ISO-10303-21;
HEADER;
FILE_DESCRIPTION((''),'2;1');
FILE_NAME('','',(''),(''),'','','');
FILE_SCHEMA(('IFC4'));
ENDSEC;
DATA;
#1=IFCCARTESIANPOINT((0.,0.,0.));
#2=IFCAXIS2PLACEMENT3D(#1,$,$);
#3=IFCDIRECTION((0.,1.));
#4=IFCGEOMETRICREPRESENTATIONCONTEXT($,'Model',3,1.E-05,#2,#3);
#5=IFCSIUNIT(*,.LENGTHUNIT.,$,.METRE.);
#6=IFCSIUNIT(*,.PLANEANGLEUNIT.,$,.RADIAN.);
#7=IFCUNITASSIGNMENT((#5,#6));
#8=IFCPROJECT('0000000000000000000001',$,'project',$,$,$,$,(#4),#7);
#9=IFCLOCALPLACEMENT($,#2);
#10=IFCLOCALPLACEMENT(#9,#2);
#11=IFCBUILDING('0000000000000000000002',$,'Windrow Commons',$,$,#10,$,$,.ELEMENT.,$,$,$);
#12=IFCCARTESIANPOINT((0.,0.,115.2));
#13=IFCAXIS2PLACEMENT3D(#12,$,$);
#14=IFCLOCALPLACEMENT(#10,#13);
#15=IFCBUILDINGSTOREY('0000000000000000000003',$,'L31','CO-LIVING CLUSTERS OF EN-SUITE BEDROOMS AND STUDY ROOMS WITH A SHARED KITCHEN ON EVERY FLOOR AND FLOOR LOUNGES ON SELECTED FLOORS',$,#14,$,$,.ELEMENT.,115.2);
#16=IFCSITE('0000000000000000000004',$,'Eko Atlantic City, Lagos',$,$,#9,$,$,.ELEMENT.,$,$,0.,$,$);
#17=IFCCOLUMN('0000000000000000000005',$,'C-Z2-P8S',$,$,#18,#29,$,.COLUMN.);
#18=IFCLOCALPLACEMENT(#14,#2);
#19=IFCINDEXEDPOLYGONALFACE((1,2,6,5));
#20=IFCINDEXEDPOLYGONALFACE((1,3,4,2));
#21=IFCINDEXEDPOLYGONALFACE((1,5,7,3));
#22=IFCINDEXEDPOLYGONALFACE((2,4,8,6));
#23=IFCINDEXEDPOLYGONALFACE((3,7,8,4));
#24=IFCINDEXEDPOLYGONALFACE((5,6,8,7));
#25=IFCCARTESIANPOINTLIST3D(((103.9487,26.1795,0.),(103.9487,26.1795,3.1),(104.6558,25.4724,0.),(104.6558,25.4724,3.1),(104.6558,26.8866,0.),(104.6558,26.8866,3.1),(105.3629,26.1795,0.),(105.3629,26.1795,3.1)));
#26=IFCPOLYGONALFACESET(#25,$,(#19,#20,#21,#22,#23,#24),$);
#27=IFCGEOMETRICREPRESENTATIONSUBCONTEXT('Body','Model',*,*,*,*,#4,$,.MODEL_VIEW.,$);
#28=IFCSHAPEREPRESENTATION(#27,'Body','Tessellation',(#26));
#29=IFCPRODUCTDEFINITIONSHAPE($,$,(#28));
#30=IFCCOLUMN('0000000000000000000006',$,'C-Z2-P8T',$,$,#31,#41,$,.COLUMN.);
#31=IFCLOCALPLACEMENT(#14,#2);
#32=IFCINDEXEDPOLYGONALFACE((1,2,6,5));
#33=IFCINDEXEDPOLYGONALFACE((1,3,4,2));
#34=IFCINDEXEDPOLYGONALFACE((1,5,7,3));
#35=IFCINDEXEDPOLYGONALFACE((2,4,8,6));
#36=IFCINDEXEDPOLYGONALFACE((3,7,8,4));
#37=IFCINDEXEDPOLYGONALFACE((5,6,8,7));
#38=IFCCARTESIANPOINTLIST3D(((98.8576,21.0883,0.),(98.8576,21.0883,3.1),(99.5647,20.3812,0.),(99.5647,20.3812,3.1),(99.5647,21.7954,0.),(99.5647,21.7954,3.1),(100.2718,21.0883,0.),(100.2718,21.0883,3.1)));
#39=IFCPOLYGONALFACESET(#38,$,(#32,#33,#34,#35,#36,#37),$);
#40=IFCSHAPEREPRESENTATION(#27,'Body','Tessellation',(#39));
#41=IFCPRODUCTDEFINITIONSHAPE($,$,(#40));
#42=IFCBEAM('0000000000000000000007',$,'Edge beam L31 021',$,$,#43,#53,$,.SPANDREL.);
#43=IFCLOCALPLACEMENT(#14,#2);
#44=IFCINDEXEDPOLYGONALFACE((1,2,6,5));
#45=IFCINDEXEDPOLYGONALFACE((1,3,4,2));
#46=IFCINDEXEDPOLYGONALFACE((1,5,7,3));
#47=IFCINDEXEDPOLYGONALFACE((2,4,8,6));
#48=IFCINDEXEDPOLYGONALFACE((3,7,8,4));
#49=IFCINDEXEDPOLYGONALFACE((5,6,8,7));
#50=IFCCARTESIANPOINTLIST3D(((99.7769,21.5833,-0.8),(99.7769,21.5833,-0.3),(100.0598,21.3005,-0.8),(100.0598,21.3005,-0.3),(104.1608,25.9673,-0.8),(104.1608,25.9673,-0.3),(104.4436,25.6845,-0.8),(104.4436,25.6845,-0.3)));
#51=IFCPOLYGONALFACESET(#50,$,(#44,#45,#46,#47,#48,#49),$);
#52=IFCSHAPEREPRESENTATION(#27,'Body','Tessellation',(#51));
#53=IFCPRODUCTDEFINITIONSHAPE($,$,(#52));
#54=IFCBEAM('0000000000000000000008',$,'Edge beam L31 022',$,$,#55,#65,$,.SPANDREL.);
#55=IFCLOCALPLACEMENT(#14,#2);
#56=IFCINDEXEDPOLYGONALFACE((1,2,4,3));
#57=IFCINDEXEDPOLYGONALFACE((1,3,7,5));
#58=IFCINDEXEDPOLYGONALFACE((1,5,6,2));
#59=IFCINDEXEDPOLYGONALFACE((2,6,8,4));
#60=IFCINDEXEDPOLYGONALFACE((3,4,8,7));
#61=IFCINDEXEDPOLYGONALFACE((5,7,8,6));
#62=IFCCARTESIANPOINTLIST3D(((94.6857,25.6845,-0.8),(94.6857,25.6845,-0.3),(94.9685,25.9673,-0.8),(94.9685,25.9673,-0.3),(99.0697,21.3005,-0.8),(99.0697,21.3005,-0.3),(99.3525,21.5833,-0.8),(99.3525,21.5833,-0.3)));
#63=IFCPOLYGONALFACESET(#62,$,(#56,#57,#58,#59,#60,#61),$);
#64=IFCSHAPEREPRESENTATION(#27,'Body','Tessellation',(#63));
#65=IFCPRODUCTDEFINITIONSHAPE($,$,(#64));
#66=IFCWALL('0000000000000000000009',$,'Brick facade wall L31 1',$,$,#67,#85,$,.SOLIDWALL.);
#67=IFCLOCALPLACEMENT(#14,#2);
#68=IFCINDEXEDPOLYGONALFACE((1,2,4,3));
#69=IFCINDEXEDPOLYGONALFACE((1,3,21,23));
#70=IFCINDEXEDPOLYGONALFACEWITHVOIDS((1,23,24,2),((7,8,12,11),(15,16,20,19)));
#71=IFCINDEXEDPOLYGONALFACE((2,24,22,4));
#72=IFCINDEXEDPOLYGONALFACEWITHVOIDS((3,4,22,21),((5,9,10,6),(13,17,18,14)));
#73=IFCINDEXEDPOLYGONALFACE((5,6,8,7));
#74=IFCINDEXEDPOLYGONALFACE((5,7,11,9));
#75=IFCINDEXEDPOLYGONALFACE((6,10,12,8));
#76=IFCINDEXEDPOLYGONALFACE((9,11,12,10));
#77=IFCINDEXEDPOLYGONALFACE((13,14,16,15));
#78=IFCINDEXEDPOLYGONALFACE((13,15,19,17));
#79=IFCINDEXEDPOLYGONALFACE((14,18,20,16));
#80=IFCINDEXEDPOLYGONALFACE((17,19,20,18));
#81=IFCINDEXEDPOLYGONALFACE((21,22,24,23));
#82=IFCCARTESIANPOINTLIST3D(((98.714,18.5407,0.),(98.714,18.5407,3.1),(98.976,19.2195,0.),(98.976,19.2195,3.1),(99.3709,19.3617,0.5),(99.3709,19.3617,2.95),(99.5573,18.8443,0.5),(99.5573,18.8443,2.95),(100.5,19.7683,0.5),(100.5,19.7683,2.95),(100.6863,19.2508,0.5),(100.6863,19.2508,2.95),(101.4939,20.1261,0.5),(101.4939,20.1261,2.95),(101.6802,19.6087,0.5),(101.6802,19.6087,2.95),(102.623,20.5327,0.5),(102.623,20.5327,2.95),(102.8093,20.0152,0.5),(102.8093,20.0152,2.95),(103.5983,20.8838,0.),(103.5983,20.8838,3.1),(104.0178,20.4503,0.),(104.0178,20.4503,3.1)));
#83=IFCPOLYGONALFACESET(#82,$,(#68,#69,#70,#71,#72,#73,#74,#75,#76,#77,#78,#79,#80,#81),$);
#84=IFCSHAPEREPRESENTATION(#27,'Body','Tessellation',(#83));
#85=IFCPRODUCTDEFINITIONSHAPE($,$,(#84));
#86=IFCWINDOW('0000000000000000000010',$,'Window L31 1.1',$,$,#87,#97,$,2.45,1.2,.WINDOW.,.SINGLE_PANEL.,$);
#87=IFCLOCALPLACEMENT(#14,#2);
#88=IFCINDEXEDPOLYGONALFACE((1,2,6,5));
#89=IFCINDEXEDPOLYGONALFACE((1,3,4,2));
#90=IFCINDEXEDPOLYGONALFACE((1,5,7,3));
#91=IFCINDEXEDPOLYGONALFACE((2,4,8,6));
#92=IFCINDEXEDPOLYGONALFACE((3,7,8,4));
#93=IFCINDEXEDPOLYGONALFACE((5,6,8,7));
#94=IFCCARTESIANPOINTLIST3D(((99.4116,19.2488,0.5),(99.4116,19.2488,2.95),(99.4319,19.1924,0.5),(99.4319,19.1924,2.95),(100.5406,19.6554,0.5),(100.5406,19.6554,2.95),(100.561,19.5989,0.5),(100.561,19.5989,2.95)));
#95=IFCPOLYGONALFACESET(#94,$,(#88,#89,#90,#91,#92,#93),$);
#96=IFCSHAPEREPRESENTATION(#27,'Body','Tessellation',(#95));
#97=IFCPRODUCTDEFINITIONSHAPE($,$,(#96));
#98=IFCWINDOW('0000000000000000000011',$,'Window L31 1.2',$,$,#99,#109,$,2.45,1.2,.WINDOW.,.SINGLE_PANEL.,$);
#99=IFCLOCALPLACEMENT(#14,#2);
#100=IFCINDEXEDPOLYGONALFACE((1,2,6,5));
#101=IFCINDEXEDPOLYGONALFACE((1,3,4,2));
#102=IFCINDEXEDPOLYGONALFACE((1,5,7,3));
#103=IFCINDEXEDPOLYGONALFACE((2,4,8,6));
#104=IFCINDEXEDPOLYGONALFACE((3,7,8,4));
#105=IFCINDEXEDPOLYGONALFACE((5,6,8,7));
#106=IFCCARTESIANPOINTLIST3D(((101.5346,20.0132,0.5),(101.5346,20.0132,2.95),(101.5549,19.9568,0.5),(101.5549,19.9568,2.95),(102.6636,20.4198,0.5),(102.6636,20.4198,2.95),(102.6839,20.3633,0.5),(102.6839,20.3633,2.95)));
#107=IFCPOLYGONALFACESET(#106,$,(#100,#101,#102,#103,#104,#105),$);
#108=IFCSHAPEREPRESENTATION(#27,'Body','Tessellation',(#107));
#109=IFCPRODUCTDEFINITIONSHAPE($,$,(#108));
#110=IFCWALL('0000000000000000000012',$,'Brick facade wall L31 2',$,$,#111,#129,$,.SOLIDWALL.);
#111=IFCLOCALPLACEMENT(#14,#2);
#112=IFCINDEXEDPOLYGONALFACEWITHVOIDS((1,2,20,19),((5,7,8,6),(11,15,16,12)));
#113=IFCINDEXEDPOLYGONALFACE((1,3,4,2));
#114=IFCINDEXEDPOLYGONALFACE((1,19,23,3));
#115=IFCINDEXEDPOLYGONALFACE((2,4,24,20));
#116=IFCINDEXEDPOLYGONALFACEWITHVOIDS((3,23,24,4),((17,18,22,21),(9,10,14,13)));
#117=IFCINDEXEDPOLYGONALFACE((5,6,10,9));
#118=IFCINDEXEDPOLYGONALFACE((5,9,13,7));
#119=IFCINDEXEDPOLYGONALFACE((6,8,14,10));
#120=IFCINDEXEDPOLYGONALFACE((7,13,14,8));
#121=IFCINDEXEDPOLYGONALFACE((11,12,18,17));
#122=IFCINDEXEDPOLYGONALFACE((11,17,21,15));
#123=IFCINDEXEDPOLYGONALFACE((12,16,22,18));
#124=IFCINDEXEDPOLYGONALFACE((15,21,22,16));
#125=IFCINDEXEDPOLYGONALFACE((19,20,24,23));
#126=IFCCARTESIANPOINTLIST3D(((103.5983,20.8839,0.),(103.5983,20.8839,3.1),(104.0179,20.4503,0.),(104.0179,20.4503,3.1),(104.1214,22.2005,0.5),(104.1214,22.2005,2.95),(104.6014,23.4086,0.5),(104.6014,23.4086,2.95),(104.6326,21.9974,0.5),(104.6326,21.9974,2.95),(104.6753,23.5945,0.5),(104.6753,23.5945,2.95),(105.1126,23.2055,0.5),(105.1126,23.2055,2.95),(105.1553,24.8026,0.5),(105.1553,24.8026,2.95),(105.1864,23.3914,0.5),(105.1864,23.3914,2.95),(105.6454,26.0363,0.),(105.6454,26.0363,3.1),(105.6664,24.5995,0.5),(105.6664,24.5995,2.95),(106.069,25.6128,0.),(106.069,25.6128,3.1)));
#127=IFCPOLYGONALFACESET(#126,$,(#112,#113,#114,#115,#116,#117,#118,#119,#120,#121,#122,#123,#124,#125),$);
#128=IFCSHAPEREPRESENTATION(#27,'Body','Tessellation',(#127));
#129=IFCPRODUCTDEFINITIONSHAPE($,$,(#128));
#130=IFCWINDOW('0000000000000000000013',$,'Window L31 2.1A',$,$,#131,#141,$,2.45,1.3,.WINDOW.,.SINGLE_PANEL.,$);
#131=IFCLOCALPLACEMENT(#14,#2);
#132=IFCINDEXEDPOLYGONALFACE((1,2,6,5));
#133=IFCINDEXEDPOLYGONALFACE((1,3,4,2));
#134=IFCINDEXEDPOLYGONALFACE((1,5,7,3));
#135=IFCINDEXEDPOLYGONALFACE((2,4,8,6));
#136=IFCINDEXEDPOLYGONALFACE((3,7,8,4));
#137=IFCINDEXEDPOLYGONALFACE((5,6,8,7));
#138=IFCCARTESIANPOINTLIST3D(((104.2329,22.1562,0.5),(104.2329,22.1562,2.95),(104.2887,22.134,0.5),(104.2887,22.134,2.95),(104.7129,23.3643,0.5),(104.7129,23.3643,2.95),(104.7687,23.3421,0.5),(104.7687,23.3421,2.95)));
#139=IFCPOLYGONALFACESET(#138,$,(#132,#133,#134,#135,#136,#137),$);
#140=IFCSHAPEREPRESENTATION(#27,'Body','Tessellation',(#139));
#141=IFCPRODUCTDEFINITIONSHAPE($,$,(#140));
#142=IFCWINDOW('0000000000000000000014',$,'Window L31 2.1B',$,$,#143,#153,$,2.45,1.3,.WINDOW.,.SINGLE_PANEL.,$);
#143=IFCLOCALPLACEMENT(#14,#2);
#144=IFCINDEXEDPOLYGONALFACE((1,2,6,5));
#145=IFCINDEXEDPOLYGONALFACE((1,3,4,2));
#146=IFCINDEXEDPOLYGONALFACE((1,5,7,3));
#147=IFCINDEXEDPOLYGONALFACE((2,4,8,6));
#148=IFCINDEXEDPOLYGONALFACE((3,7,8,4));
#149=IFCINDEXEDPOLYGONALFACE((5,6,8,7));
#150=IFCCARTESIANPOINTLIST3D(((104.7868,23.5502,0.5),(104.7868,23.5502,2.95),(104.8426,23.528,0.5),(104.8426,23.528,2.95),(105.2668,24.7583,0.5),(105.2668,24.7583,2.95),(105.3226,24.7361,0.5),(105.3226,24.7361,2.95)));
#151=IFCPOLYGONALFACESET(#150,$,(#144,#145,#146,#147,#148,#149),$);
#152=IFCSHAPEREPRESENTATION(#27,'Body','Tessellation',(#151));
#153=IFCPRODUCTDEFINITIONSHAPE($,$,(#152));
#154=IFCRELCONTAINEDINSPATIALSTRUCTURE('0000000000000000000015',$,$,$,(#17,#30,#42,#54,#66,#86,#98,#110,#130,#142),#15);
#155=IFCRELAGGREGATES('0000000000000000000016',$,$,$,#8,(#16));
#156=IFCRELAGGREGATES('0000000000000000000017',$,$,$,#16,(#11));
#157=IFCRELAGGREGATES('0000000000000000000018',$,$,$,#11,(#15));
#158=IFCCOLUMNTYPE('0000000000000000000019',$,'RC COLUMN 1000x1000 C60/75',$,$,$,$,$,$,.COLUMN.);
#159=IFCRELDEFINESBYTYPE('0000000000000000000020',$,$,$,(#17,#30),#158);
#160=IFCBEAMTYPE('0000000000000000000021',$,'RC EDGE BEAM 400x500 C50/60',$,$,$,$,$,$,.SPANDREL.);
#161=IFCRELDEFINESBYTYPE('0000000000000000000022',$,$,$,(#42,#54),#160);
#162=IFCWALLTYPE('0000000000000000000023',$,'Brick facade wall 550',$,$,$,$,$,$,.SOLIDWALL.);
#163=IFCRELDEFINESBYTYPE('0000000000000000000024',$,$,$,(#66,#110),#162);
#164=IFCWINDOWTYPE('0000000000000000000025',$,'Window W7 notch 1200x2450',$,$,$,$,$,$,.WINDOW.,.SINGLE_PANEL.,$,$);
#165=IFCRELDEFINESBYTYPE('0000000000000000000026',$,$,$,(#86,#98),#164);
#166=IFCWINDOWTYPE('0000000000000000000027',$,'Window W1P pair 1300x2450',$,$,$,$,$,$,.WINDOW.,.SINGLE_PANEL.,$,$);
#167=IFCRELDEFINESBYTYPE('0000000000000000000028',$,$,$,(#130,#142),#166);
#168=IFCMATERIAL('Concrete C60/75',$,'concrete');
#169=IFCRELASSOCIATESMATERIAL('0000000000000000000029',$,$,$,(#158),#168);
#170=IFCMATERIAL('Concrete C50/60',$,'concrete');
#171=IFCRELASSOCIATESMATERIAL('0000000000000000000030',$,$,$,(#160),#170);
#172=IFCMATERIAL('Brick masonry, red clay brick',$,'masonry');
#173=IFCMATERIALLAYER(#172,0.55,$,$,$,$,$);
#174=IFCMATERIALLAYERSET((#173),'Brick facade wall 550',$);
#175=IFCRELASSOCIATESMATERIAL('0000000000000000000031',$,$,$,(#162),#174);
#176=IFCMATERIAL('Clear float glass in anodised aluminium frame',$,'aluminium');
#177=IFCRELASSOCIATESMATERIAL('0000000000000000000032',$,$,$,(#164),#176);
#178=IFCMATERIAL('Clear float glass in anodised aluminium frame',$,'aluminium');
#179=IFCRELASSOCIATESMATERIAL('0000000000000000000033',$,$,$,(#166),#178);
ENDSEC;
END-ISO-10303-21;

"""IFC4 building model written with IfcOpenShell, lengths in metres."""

from ifc_helpers import new_model, si_unit, direction, frame, frame_2d, origin, origin_2d, place, context, subcontext, project, spatial, polyline, rectangle, outline, extrude, material, layer, layer_set, material_profile, profile_set, type_object, element, fill, save


model = new_model("IFC4")

# Units and contexts
model_context = context("Model", 3, precision=1e-05, world=origin(), true_north=direction((0.0, 1.0)))
body_context = subcontext(model_context, "Body", "Model", "MODEL_VIEW")
ifc_project = project(units=[si_unit("LENGTHUNIT", "METRE"), si_unit("PLANEANGLEUNIT", "RADIAN")], contexts=[model_context])

# Site, building, storey
site_placement = place(None, origin())
site = spatial("IfcSite", under=ifc_project, at=site_placement, Name="Eko Atlantic City, Lagos", CompositionType="ELEMENT", RefElevation=0.0)
building_placement = place(site_placement, origin())
building = spatial("IfcBuilding", under=site, at=building_placement, Name="Windrow Commons", CompositionType="ELEMENT")
storey_placement = place(building_placement, frame((0.0, 0.0, 115.2)))
storey = spatial("IfcBuildingStorey", under=building, at=storey_placement, Name="L31", Description="CO-LIVING CLUSTERS OF EN-SUITE BEDROOMS AND STUDY ROOMS WITH A SHARED KITCHEN ON EVERY FLOOR AND FLOOR LOUNGES ON SELECTED FLOORS", CompositionType="ELEMENT", Elevation=115.2)

# Columns
ifc_material_1 = material(Name="Concrete C60/75", Category="concrete")
ifc_material_profile_1 = material_profile(ifc_material_1, rectangle(XDim=1.0, YDim=1.0, at=origin_2d()))
ifc_profile_set_1 = profile_set([ifc_material_profile_1], Name="Concrete C60/75")
column_type = type_object("IfcColumnType", Name="RC COLUMN 1000x1000 C60/75", PredefinedType="COLUMN", material=ifc_profile_set_1)
for number, where, z_axis, x_axis, name in (
    (1, (104.6558, 26.1795, 0.0), (0.0, 0.0, 1.0), (0.707107, -0.707107, 0.0), "C-Z2-P8S"),
    (2, (99.5647, 21.0883, 0.0), (0.0, 0.0, 1.0), (0.707107, -0.707107, 0.0), "C-Z2-P8T"),
):
    element("IfcColumn", number, at=place(storey_placement, frame(where, z_axis=z_axis, x_axis=x_axis)), inside=storey, type_object=column_type, Name=name, PredefinedType="COLUMN", context=body_context, shape_type="SweptSolid", body=[
        extrude(rectangle(XDim=1.0, YDim=1.0, at=origin_2d()), origin(), (0.0, 0.0, 1.0), 3.1),
    ])

# Beams
ifc_material_2 = material(Name="Concrete C50/60", Category="concrete")
ifc_material_profile_2 = material_profile(ifc_material_2, rectangle(XDim=0.4, YDim=0.5, at=origin_2d()))
ifc_profile_set_2 = profile_set([ifc_material_profile_2], Name="Concrete C50/60")
beam_type = type_object("IfcBeamType", Name="RC EDGE BEAM 400x500 C50/60", PredefinedType="SPANDREL", material=ifc_profile_set_2)
beam_1_placement = place(storey_placement, frame((104.3022, 25.8259, -0.55), z_axis=(-0.707099, -0.707115, 0.0), x_axis=(0.707115, -0.707099, 0.0)))
element("IfcBeam", 3, at=beam_1_placement, inside=storey, type_object=beam_type, Name="Edge beam L31 021", PredefinedType="SPANDREL", context=body_context, shape_type="SweptSolid", body=[
    extrude(rectangle(XDim=0.4, YDim=0.5, at=origin_2d()), origin(), (0.0, 0.0, 1.0), 6.1998),
])
beam_2_placement = place(storey_placement, frame((99.2111, 21.4419, -0.55), z_axis=(-0.707107, 0.707107, 0.0), x_axis=(-0.707107, -0.707107, 0.0)))
element("IfcBeam", 4, at=beam_2_placement, inside=storey, type_object=beam_type, Name="Edge beam L31 022", PredefinedType="SPANDREL", context=body_context, shape_type="SweptSolid", body=[
    extrude(rectangle(XDim=0.4, YDim=0.5, at=origin_2d()), origin(), (0.0, 0.0, 1.0), 6.1999),
])

# Walls, openings, windows
ifc_material_3 = material(Name="Brick masonry, red clay brick", Category="masonry")
ifc_layer_1 = layer(ifc_material_3, 0.55)
ifc_layer_set_1 = layer_set([ifc_layer_1], Name="Brick facade wall 550")
wall_type_1 = type_object("IfcWallType", Name="Brick facade wall 550", PredefinedType="SOLIDWALL", material=ifc_layer_set_1)
wall_1_placement = place(storey_placement, frame((98.845, 18.8801, 0.0), z_axis=(0.0, 0.0, 1.0), x_axis=(0.94087, 0.338767, 0.0)))
wall_1 = element("IfcWall", 5, at=wall_1_placement, inside=storey, type_object=wall_type_1, Name="Brick facade wall L31 1", PredefinedType="SOLIDWALL", context=body_context, shape_type="SweptSolid", body=[
    extrude(outline(polyline([(-0.2382, -0.275), (5.3989, -0.275), (5.151, 0.275), (0.2382, 0.275), (-0.2382, -0.275)])), origin(), (0.0, 0.0, 1.0), 3.1),
])
opening_1_placement = place(wall_1_placement, frame((0.658, 0.0, 0.5)))
opening_1 = element("IfcOpeningElement", 6, at=opening_1_placement, cuts=wall_1, PredefinedType="OPENING", context=body_context, shape_type="SweptSolid", body=[
    extrude(rectangle(XDim=1.2, YDim=2.45, at=frame_2d((0.6, 1.225))), frame((0.0, 0.285, 0.0), z_axis=(0.0, -1.0, 0.0), x_axis=(1.0, 0.0, 0.0)), (0.0, 0.0, 1.0), 0.57),
])
opening_2_placement = place(wall_1_placement, frame((2.9144, 0.0, 0.5)))
opening_2 = element("IfcOpeningElement", 7, at=opening_2_placement, cuts=wall_1, PredefinedType="OPENING", context=body_context, shape_type="SweptSolid", body=[
    extrude(rectangle(XDim=1.2, YDim=2.45, at=frame_2d((0.6, 1.225))), frame((0.0, 0.285, 0.0), z_axis=(0.0, -1.0, 0.0), x_axis=(1.0, 0.0, 0.0)), (0.0, 0.0, 1.0), 0.57),
])
ifc_material_4 = material(Name="Clear float glass in anodised aluminium frame", Category="aluminium")
window_type_1 = type_object("IfcWindowType", Name="Window W7 notch 1200x2450", PartitioningType="SINGLE_PANEL", PredefinedType="WINDOW", material=ifc_material_4)
window_1_placement = place(opening_1_placement, origin())
window_1 = element("IfcWindow", 8, at=window_1_placement, inside=storey, type_object=window_type_1, Name="Window L31 1.1", OverallHeight=2.45, OverallWidth=1.2, PartitioningType="SINGLE_PANEL", PredefinedType="WINDOW", context=body_context, shape_type="SweptSolid", body=[
    extrude(rectangle(XDim=1.2, YDim=2.45, at=frame_2d((0.6, 1.225))), frame((0.0, 0.155, 0.0), z_axis=(0.0, -1.0, 0.0), x_axis=(1.0, 0.0, 0.0)), (0.0, 0.0, 1.0), 0.06),
])
fill(opening_1, window_1)
window_2_placement = place(opening_2_placement, origin())
window_2 = element("IfcWindow", 9, at=window_2_placement, inside=storey, type_object=window_type_1, Name="Window L31 1.2", OverallHeight=2.45, OverallWidth=1.2, PartitioningType="SINGLE_PANEL", PredefinedType="WINDOW", context=body_context, shape_type="SweptSolid", body=[
    extrude(rectangle(XDim=1.2, YDim=2.45, at=frame_2d((0.6, 1.225))), frame((0.0, 0.155, 0.0), z_axis=(0.0, -1.0, 0.0), x_axis=(1.0, 0.0, 0.0)), (0.0, 0.0, 1.0), 0.06),
])
fill(opening_2, window_2)
wall_2_placement = place(storey_placement, frame((103.8081, 20.6671, 0.0), z_axis=(0.0, 0.0, 1.0), x_axis=(0.369237, 0.929335, 0.0)))
wall_2 = element("IfcWall", 10, at=wall_2_placement, inside=storey, type_object=wall_type_1, Name="Brick facade wall L31 2", PredefinedType="SOLIDWALL", context=body_context, shape_type="SweptSolid", body=[
    extrude(outline(polyline([(-0.124, -0.275), (5.431, -0.275), (5.6682, 0.275), (0.124, 0.275), (-0.124, -0.275)])), origin(), (0.0, 0.0, 1.0), 3.1),
])
opening_3_placement = place(wall_2_placement, frame((1.5407, 0.0, 0.5)))
opening_3 = element("IfcOpeningElement", 11, at=opening_3_placement, cuts=wall_2, PredefinedType="OPENING", context=body_context, shape_type="SweptSolid", body=[
    extrude(rectangle(XDim=1.3, YDim=2.45, at=frame_2d((0.65, 1.225))), frame((0.0, 0.285, 0.0), z_axis=(0.0, -1.0, 0.0), x_axis=(1.0, 0.0, 0.0)), (0.0, 0.0, 1.0), 0.57),
])
opening_4_placement = place(wall_2_placement, frame((3.0407, 0.0, 0.5)))
opening_4 = element("IfcOpeningElement", 12, at=opening_4_placement, cuts=wall_2, PredefinedType="OPENING", context=body_context, shape_type="SweptSolid", body=[
    extrude(rectangle(XDim=1.3, YDim=2.45, at=frame_2d((0.65, 1.225))), frame((0.0, 0.285, 0.0), z_axis=(0.0, -1.0, 0.0), x_axis=(1.0, 0.0, 0.0)), (0.0, 0.0, 1.0), 0.57),
])
ifc_material_5 = material(Name="Clear float glass in anodised aluminium frame", Category="aluminium")
window_type_2 = type_object("IfcWindowType", Name="Window W1P pair 1300x2450", PartitioningType="SINGLE_PANEL", PredefinedType="WINDOW", material=ifc_material_5)
window_3_placement = place(opening_3_placement, origin())
window_3 = element("IfcWindow", 13, at=window_3_placement, inside=storey, type_object=window_type_2, Name="Window L31 2.1A", OverallHeight=2.45, OverallWidth=1.3, PartitioningType="SINGLE_PANEL", PredefinedType="WINDOW", context=body_context, shape_type="SweptSolid", body=[
    extrude(rectangle(XDim=1.3, YDim=2.45, at=frame_2d((0.65, 1.225))), frame((0.0, 0.155, 0.0), z_axis=(0.0, -1.0, 0.0), x_axis=(1.0, 0.0, 0.0)), (0.0, 0.0, 1.0), 0.06),
])
fill(opening_3, window_3)
window_4_placement = place(opening_4_placement, origin())
window_4 = element("IfcWindow", 14, at=window_4_placement, inside=storey, type_object=window_type_2, Name="Window L31 2.1B", OverallHeight=2.45, OverallWidth=1.3, PartitioningType="SINGLE_PANEL", PredefinedType="WINDOW", context=body_context, shape_type="SweptSolid", body=[
    extrude(rectangle(XDim=1.3, YDim=2.45, at=frame_2d((0.65, 1.225))), frame((0.0, 0.155, 0.0), z_axis=(0.0, -1.0, 0.0), x_axis=(1.0, 0.0, 0.0)), (0.0, 0.0, 1.0), 0.06),
])
fill(opening_4, window_4)

save(model, "model.ifc")
